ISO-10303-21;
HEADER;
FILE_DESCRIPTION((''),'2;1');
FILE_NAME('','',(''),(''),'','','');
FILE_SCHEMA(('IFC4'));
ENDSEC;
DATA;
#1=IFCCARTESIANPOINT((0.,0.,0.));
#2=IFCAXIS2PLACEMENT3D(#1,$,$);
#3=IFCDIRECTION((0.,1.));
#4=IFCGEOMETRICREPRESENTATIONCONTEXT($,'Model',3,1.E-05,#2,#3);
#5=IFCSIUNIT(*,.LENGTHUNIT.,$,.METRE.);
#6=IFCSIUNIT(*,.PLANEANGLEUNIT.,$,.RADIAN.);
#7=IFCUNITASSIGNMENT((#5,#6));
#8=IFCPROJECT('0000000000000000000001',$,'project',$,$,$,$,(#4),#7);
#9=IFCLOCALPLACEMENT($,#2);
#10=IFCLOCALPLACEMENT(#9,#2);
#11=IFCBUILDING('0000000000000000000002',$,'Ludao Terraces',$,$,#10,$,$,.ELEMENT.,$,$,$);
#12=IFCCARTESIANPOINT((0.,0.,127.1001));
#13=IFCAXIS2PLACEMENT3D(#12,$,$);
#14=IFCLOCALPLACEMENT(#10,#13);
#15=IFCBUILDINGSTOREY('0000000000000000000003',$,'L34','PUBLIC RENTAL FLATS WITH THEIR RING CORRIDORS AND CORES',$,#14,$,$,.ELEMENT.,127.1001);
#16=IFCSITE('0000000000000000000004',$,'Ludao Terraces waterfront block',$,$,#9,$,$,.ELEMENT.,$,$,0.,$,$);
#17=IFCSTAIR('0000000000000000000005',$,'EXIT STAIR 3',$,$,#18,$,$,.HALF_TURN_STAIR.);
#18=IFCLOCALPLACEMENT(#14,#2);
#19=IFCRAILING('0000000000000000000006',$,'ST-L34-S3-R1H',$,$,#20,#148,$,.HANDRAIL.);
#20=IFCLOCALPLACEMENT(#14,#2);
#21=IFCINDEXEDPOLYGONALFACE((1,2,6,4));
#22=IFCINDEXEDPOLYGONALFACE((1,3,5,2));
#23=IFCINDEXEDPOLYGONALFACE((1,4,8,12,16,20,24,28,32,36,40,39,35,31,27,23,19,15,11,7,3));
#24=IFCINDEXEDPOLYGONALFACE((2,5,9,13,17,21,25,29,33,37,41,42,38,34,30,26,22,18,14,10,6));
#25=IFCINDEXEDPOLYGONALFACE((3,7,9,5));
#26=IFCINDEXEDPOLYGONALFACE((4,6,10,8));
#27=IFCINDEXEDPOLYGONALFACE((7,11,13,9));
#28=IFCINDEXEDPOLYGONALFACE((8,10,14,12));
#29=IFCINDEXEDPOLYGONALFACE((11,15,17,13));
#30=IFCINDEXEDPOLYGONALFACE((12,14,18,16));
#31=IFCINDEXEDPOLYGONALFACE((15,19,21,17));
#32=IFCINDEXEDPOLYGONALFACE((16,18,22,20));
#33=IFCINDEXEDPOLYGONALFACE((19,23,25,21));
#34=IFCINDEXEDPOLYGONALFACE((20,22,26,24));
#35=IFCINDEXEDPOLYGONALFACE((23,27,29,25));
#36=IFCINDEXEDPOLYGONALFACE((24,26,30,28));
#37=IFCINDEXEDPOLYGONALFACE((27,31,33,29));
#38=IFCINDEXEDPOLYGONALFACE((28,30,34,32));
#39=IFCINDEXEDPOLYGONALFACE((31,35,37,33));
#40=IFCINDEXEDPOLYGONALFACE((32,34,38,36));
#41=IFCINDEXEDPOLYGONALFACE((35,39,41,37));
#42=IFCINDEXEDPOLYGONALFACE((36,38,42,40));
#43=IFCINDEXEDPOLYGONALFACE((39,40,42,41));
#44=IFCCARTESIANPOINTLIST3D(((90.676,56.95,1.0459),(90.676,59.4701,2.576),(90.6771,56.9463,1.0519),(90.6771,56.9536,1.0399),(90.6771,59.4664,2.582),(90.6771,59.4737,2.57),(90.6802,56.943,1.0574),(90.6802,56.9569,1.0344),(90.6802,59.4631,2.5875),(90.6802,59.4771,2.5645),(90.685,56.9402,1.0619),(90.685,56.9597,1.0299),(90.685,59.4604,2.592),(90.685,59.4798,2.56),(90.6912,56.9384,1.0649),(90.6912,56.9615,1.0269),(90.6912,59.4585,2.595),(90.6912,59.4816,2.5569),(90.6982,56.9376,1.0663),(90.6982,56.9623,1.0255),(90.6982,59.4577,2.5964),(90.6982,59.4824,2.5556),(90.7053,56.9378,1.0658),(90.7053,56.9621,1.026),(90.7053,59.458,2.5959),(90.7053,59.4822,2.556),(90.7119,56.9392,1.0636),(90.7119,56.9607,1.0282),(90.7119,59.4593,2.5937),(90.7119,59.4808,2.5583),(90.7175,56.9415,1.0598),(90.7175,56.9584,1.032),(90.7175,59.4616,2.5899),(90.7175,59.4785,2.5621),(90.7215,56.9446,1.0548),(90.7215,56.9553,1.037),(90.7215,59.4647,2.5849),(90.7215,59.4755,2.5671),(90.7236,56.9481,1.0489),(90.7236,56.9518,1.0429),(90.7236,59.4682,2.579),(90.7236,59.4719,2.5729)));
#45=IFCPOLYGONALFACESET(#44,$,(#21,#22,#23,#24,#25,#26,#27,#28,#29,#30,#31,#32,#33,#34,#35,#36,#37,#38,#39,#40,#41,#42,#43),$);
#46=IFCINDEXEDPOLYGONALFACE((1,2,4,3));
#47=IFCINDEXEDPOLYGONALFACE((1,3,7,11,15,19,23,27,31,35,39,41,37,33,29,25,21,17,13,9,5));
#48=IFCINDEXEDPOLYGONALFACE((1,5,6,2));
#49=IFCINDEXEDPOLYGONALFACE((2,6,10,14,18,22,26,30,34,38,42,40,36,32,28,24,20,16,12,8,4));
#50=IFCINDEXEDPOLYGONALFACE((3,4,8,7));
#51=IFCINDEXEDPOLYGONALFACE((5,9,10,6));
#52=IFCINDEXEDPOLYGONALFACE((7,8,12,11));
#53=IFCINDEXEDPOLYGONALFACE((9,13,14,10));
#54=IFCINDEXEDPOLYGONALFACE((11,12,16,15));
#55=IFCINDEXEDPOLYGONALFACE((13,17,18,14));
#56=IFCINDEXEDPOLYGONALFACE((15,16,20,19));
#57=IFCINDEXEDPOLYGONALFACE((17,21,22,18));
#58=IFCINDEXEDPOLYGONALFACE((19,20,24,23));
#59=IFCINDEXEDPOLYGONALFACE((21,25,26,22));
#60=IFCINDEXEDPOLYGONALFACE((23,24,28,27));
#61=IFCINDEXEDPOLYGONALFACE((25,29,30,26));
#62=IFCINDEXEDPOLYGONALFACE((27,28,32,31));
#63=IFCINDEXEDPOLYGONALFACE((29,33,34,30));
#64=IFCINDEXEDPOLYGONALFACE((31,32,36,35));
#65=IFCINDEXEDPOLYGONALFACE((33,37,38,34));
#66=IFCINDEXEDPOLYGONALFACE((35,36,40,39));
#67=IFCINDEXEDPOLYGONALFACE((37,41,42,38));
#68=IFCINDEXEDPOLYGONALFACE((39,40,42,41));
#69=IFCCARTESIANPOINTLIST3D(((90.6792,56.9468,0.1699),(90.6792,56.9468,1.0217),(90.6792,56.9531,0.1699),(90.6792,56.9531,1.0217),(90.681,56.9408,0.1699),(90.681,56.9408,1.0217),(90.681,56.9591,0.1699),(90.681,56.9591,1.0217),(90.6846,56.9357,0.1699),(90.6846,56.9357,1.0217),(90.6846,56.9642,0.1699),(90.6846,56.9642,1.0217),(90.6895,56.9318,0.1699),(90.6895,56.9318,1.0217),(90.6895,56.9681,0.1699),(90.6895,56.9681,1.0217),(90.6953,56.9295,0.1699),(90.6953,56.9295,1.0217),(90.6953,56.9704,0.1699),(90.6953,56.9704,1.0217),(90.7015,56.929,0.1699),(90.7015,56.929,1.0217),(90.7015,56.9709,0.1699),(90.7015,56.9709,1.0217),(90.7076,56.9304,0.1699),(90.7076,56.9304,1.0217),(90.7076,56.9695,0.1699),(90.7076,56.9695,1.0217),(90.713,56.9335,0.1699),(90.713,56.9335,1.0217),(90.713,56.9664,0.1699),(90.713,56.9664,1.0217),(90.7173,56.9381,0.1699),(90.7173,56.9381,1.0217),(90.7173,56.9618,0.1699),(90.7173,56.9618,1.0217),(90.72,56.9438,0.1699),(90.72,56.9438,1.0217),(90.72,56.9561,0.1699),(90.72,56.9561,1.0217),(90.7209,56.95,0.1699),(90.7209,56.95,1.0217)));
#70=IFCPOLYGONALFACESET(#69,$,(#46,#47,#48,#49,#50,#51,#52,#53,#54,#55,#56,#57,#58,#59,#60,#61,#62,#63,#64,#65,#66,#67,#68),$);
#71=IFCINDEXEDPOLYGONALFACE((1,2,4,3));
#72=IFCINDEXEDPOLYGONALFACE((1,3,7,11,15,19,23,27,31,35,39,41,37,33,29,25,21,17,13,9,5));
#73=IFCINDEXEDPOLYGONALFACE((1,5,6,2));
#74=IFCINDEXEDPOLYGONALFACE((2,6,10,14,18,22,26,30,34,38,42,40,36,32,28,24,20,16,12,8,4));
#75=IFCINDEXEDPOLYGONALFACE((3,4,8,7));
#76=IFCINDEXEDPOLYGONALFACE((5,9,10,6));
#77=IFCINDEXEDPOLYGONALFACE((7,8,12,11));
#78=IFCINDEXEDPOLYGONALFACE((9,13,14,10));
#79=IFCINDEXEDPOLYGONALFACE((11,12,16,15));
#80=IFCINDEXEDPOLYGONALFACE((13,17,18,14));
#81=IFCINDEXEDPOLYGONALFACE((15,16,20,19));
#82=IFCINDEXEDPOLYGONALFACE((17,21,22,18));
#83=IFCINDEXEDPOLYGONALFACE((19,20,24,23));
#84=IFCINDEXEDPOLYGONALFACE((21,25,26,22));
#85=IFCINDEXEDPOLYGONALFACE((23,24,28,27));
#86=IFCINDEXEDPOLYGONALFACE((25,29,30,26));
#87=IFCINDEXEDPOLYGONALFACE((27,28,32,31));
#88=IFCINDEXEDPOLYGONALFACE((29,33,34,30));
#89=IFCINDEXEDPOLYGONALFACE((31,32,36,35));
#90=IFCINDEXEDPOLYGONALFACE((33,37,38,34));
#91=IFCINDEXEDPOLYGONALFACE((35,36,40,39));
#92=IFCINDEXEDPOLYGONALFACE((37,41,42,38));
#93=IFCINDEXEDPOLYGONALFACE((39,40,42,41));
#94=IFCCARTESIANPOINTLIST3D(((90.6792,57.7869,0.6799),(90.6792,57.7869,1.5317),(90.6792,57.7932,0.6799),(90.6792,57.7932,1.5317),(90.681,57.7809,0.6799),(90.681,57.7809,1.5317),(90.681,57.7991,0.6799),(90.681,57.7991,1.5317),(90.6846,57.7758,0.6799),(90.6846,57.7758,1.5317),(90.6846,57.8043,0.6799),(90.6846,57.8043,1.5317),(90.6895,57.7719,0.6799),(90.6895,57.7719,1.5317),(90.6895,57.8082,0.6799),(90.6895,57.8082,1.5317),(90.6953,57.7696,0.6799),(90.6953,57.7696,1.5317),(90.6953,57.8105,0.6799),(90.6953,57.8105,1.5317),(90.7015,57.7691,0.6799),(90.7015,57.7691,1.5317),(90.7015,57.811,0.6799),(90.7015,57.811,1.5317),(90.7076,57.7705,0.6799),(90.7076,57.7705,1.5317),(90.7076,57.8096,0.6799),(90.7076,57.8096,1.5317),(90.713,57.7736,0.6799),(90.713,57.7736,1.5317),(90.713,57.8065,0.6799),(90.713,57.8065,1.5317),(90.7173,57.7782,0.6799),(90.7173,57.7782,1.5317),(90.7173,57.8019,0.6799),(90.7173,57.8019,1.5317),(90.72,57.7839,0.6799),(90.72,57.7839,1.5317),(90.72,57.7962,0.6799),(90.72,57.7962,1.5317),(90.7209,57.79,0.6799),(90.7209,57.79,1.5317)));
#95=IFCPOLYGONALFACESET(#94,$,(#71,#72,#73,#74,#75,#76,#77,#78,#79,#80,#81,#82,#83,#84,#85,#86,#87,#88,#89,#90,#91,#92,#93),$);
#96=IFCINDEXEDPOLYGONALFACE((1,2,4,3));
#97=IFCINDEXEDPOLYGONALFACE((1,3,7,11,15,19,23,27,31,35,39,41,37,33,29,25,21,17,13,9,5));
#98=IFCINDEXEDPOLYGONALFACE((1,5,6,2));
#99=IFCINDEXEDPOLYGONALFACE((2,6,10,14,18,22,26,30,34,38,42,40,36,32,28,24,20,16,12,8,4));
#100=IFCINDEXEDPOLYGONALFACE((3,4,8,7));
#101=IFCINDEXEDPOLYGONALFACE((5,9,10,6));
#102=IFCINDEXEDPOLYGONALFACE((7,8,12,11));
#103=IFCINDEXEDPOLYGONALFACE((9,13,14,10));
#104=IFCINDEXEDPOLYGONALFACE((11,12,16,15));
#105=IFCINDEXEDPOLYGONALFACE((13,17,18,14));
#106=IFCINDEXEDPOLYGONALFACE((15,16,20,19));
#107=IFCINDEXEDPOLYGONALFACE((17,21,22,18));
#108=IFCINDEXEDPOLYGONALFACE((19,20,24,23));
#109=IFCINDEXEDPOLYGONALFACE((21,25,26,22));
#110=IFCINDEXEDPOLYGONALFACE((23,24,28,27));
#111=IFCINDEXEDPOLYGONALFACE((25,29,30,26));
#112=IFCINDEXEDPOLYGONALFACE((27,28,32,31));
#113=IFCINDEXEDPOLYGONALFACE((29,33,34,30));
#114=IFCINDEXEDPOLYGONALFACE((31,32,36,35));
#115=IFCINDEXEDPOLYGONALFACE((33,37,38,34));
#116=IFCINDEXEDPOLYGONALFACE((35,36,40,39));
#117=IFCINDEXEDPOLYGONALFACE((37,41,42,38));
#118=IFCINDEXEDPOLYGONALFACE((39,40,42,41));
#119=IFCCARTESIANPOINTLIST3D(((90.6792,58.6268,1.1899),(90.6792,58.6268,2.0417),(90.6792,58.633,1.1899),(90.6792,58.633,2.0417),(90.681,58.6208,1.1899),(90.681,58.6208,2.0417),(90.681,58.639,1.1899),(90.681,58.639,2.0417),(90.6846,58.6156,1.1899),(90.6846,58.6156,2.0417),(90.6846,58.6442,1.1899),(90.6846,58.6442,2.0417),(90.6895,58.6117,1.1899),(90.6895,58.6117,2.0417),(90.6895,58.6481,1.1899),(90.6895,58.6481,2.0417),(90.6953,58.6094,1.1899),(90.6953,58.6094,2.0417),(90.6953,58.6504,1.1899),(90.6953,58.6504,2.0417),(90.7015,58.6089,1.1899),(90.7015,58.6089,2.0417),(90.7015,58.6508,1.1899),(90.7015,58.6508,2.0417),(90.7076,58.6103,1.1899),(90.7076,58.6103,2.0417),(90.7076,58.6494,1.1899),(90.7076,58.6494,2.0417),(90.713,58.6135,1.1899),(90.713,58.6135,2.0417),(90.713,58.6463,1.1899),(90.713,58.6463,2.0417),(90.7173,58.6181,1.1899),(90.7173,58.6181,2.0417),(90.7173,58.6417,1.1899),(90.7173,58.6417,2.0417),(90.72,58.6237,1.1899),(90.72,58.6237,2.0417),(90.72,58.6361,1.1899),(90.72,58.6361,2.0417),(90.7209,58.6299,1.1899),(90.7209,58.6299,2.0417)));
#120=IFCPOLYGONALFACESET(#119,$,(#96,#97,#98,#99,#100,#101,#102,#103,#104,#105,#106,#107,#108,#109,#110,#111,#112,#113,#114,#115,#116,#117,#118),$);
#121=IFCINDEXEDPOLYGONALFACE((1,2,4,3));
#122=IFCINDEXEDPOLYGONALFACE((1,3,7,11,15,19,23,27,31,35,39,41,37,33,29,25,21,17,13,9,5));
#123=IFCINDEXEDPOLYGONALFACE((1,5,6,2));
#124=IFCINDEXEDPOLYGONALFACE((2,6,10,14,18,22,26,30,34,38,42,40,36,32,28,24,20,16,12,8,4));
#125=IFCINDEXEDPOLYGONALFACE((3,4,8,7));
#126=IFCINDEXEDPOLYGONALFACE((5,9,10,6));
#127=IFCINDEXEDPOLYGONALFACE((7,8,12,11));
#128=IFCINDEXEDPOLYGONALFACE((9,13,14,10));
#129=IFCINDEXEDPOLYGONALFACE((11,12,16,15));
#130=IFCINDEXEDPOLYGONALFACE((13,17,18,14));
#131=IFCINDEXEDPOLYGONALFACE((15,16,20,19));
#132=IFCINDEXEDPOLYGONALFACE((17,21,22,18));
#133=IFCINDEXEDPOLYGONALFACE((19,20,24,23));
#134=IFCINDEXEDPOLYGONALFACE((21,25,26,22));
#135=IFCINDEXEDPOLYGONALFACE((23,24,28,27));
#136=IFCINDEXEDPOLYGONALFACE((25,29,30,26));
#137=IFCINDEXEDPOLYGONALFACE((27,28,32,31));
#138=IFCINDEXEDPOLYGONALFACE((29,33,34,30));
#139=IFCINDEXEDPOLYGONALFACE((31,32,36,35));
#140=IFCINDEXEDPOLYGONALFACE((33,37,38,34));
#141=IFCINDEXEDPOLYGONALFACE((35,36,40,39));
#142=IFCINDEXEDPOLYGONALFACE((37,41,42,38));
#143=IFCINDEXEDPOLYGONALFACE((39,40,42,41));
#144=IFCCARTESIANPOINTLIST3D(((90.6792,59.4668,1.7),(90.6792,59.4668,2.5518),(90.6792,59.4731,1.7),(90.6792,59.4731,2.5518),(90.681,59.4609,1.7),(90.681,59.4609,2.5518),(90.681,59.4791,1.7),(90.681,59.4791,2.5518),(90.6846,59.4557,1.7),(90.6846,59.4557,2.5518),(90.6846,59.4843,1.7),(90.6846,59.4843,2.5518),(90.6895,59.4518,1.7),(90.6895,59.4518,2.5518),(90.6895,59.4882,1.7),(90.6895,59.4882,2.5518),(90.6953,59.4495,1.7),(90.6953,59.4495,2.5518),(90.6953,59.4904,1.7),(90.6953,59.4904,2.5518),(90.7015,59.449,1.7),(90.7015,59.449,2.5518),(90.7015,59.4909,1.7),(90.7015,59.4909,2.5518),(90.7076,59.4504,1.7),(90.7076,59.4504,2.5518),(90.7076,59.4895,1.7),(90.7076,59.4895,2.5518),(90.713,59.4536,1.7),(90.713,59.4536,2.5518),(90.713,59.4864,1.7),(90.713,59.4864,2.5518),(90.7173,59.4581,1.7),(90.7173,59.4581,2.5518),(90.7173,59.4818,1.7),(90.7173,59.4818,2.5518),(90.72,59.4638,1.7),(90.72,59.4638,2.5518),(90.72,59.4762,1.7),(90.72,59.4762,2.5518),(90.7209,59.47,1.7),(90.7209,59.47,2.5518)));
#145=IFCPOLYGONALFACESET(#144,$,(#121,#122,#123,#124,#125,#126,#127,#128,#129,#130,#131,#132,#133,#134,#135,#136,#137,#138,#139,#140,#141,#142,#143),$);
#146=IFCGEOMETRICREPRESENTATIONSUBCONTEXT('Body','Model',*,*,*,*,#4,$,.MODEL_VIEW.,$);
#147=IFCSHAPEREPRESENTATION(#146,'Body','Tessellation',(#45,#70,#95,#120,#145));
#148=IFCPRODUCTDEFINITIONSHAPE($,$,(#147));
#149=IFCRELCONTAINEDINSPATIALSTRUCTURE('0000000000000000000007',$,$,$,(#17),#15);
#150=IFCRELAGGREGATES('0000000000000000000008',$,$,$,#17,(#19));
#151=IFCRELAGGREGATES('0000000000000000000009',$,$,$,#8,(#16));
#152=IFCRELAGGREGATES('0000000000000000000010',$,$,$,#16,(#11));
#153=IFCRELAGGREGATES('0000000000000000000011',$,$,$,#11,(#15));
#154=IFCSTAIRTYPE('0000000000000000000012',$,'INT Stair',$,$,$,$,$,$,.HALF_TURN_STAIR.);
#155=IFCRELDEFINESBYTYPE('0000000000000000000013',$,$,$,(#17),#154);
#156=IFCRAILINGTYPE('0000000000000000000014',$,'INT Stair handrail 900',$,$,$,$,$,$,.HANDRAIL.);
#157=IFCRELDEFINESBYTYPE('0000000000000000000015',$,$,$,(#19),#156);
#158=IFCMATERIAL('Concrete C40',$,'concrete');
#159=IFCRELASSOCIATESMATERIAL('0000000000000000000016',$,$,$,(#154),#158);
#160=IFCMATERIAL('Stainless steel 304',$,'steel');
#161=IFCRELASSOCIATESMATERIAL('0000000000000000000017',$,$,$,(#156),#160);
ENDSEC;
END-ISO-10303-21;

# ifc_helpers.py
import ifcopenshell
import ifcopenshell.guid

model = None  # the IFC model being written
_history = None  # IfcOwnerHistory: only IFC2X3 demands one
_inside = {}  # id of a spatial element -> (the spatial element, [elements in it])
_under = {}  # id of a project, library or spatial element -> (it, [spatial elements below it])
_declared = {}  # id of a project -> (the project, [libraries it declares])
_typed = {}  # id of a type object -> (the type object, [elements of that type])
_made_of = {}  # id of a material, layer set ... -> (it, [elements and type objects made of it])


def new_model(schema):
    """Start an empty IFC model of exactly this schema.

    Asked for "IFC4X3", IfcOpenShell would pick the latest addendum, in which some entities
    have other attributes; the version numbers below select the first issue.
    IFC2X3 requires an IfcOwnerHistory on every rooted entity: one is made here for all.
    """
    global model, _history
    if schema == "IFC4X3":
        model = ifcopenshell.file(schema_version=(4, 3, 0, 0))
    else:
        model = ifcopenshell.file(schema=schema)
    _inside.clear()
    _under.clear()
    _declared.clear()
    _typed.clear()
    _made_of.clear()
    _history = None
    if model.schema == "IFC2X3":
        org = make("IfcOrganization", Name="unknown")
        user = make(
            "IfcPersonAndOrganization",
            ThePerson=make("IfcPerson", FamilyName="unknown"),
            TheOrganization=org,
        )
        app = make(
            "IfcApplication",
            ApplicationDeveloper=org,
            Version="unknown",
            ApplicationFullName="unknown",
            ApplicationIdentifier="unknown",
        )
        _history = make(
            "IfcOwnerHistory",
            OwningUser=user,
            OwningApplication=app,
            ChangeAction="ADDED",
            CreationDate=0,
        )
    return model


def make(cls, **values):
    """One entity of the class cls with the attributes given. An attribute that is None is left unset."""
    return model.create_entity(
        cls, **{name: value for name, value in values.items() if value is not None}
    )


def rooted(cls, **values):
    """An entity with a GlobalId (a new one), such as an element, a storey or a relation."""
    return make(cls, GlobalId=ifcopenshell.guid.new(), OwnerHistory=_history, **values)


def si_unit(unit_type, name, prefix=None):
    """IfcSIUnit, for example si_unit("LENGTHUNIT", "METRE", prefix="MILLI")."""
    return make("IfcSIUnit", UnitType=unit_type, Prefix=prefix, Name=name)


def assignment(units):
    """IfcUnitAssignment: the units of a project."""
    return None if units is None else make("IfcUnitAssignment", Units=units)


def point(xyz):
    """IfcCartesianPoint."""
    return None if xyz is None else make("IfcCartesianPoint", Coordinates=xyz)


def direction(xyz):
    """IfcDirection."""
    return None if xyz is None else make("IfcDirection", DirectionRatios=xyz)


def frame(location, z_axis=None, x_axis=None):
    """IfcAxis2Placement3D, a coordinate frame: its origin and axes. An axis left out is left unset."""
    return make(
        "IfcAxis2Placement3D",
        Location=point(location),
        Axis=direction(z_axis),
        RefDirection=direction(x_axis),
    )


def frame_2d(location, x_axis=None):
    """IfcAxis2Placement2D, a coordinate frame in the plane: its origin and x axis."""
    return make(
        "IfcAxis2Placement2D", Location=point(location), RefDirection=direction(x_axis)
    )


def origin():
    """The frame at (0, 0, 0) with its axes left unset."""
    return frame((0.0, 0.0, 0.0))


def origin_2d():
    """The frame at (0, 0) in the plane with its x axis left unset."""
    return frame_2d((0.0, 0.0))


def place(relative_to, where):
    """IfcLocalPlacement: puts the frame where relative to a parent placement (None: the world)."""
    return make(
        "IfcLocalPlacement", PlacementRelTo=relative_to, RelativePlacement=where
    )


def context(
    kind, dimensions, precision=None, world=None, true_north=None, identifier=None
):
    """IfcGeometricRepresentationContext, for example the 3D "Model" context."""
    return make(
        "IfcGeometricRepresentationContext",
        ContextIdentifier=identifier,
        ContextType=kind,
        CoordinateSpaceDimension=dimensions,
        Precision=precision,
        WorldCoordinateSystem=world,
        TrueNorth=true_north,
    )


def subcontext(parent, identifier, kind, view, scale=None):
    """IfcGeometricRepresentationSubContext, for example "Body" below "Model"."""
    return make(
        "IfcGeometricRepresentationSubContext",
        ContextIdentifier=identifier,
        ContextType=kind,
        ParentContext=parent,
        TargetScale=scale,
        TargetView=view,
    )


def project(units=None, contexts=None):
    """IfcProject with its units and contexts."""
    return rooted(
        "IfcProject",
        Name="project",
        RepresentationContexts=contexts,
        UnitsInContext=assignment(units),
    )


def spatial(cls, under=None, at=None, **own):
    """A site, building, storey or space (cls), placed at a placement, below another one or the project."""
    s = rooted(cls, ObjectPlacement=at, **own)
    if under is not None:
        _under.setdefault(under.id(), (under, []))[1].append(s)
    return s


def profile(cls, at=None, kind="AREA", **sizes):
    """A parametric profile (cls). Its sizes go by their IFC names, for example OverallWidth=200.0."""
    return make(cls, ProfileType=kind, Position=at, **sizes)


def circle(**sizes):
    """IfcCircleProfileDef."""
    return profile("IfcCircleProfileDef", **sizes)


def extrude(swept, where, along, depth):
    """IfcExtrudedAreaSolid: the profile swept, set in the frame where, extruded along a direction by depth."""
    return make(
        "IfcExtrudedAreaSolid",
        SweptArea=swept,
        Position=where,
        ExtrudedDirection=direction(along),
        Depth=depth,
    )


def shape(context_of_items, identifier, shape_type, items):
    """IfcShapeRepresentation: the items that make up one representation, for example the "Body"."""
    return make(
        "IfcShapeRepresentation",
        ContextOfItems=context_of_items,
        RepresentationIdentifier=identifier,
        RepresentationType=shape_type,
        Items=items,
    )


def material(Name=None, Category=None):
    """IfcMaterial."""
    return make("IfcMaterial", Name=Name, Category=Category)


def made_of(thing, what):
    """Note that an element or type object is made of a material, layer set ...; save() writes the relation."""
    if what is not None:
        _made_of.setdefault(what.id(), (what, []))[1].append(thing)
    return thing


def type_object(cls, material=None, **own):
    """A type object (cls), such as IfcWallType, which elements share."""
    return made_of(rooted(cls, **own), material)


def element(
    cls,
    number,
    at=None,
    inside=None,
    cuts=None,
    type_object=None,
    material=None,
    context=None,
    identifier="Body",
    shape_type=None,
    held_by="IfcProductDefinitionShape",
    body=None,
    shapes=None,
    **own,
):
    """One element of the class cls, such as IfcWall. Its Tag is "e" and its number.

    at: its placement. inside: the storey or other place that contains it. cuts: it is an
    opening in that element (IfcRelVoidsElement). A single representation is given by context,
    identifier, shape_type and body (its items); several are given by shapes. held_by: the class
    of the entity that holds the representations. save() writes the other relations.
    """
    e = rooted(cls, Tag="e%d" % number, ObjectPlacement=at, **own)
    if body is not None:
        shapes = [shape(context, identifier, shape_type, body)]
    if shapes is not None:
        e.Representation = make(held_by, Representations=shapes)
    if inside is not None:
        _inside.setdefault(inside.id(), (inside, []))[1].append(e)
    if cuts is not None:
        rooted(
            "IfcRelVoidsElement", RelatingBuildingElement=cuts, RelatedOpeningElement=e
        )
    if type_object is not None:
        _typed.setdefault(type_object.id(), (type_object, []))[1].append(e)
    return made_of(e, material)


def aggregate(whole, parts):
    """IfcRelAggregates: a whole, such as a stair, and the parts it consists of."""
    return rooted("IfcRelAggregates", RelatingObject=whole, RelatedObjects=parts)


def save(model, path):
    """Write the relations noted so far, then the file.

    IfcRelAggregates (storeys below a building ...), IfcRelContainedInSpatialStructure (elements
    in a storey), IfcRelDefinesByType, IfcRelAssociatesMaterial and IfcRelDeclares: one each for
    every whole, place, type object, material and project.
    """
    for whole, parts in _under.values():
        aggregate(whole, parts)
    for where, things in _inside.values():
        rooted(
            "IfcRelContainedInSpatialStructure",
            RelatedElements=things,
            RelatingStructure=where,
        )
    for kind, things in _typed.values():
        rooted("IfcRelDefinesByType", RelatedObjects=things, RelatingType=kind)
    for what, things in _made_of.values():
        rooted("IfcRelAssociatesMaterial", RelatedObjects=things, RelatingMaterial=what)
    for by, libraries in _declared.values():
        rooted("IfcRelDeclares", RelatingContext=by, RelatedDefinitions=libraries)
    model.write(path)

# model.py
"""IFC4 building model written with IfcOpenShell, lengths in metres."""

from ifc_helpers import new_model, si_unit, direction, frame, origin, origin_2d, place, context, subcontext, project, spatial, circle, extrude, material, type_object, element, aggregate, save


model = new_model("IFC4")

# Units and contexts
model_context = context("Model", 3, precision=1e-05, world=origin(), true_north=direction((0.0, 1.0)))
body_context = subcontext(model_context, "Body", "Model", "MODEL_VIEW")
ifc_project = project(units=[si_unit("LENGTHUNIT", "METRE"), si_unit("PLANEANGLEUNIT", "RADIAN")], contexts=[model_context])

# Site, building, storey
site_placement = place(None, origin())
site = spatial("IfcSite", under=ifc_project, at=site_placement, Name="Ludao Terraces waterfront block", CompositionType="ELEMENT", RefElevation=0.0)
building_placement = place(site_placement, origin())
building = spatial("IfcBuilding", under=site, at=building_placement, Name="Ludao Terraces", CompositionType="ELEMENT")
storey_placement = place(building_placement, frame((0.0, 0.0, 127.1001)))
storey = spatial("IfcBuildingStorey", under=building, at=storey_placement, Name="L34", Description="PUBLIC RENTAL FLATS WITH THEIR RING CORRIDORS AND CORES", CompositionType="ELEMENT", Elevation=127.1001)

# Shared definitions
ifc_material_1 = material(Name="Concrete C40", Category="concrete")

# Stair, railing
stair_type = type_object("IfcStairType", Name="INT Stair", PredefinedType="HALF_TURN_STAIR", material=ifc_material_1)
stair_placement = place(storey_placement, origin())
stair = element("IfcStair", 1, at=stair_placement, inside=storey, type_object=stair_type, Name="EXIT STAIR 3", PredefinedType="HALF_TURN_STAIR")
ifc_material_2 = material(Name="Stainless steel 304", Category="steel")
railing_type_1 = type_object("IfcRailingType", Name="INT Stair handrail 900", PredefinedType="HANDRAIL", material=ifc_material_2)
railing_1_placement = place(storey_placement, frame((90.7, 56.95, 0.1699)))
railing_1 = element("IfcRailing", 2, at=railing_1_placement, type_object=railing_type_1, Name="ST-L34-S3-R1H", PredefinedType="HANDRAIL", context=body_context, shape_type="SweptSolid", body=[
    extrude(circle(Radius=0.0239, at=origin_2d()), frame((0.0, 0.0, 0.876), z_axis=(0.0, 0.854785, 0.518982), x_axis=(-1.0, 0.0, 0.0)), (0.0, 0.0, 1.0), 2.9482),
    extrude(circle(Radius=0.021, at=origin_2d()), origin(), (0.0, 0.0, 1.0), 0.8518),
    extrude(circle(Radius=0.021, at=origin_2d()), frame((0.0, 0.8401, 0.51)), (0.0, 0.0, 1.0), 0.8518),
    extrude(circle(Radius=0.021, at=origin_2d()), frame((0.0, 1.6799, 1.02)), (0.0, 0.0, 1.0), 0.8518),
    extrude(circle(Radius=0.021, at=origin_2d()), frame((0.0, 2.52, 1.53)), (0.0, 0.0, 1.0), 0.8518),
])
aggregate(stair, [railing_1])

save(model, "model.ifc")
